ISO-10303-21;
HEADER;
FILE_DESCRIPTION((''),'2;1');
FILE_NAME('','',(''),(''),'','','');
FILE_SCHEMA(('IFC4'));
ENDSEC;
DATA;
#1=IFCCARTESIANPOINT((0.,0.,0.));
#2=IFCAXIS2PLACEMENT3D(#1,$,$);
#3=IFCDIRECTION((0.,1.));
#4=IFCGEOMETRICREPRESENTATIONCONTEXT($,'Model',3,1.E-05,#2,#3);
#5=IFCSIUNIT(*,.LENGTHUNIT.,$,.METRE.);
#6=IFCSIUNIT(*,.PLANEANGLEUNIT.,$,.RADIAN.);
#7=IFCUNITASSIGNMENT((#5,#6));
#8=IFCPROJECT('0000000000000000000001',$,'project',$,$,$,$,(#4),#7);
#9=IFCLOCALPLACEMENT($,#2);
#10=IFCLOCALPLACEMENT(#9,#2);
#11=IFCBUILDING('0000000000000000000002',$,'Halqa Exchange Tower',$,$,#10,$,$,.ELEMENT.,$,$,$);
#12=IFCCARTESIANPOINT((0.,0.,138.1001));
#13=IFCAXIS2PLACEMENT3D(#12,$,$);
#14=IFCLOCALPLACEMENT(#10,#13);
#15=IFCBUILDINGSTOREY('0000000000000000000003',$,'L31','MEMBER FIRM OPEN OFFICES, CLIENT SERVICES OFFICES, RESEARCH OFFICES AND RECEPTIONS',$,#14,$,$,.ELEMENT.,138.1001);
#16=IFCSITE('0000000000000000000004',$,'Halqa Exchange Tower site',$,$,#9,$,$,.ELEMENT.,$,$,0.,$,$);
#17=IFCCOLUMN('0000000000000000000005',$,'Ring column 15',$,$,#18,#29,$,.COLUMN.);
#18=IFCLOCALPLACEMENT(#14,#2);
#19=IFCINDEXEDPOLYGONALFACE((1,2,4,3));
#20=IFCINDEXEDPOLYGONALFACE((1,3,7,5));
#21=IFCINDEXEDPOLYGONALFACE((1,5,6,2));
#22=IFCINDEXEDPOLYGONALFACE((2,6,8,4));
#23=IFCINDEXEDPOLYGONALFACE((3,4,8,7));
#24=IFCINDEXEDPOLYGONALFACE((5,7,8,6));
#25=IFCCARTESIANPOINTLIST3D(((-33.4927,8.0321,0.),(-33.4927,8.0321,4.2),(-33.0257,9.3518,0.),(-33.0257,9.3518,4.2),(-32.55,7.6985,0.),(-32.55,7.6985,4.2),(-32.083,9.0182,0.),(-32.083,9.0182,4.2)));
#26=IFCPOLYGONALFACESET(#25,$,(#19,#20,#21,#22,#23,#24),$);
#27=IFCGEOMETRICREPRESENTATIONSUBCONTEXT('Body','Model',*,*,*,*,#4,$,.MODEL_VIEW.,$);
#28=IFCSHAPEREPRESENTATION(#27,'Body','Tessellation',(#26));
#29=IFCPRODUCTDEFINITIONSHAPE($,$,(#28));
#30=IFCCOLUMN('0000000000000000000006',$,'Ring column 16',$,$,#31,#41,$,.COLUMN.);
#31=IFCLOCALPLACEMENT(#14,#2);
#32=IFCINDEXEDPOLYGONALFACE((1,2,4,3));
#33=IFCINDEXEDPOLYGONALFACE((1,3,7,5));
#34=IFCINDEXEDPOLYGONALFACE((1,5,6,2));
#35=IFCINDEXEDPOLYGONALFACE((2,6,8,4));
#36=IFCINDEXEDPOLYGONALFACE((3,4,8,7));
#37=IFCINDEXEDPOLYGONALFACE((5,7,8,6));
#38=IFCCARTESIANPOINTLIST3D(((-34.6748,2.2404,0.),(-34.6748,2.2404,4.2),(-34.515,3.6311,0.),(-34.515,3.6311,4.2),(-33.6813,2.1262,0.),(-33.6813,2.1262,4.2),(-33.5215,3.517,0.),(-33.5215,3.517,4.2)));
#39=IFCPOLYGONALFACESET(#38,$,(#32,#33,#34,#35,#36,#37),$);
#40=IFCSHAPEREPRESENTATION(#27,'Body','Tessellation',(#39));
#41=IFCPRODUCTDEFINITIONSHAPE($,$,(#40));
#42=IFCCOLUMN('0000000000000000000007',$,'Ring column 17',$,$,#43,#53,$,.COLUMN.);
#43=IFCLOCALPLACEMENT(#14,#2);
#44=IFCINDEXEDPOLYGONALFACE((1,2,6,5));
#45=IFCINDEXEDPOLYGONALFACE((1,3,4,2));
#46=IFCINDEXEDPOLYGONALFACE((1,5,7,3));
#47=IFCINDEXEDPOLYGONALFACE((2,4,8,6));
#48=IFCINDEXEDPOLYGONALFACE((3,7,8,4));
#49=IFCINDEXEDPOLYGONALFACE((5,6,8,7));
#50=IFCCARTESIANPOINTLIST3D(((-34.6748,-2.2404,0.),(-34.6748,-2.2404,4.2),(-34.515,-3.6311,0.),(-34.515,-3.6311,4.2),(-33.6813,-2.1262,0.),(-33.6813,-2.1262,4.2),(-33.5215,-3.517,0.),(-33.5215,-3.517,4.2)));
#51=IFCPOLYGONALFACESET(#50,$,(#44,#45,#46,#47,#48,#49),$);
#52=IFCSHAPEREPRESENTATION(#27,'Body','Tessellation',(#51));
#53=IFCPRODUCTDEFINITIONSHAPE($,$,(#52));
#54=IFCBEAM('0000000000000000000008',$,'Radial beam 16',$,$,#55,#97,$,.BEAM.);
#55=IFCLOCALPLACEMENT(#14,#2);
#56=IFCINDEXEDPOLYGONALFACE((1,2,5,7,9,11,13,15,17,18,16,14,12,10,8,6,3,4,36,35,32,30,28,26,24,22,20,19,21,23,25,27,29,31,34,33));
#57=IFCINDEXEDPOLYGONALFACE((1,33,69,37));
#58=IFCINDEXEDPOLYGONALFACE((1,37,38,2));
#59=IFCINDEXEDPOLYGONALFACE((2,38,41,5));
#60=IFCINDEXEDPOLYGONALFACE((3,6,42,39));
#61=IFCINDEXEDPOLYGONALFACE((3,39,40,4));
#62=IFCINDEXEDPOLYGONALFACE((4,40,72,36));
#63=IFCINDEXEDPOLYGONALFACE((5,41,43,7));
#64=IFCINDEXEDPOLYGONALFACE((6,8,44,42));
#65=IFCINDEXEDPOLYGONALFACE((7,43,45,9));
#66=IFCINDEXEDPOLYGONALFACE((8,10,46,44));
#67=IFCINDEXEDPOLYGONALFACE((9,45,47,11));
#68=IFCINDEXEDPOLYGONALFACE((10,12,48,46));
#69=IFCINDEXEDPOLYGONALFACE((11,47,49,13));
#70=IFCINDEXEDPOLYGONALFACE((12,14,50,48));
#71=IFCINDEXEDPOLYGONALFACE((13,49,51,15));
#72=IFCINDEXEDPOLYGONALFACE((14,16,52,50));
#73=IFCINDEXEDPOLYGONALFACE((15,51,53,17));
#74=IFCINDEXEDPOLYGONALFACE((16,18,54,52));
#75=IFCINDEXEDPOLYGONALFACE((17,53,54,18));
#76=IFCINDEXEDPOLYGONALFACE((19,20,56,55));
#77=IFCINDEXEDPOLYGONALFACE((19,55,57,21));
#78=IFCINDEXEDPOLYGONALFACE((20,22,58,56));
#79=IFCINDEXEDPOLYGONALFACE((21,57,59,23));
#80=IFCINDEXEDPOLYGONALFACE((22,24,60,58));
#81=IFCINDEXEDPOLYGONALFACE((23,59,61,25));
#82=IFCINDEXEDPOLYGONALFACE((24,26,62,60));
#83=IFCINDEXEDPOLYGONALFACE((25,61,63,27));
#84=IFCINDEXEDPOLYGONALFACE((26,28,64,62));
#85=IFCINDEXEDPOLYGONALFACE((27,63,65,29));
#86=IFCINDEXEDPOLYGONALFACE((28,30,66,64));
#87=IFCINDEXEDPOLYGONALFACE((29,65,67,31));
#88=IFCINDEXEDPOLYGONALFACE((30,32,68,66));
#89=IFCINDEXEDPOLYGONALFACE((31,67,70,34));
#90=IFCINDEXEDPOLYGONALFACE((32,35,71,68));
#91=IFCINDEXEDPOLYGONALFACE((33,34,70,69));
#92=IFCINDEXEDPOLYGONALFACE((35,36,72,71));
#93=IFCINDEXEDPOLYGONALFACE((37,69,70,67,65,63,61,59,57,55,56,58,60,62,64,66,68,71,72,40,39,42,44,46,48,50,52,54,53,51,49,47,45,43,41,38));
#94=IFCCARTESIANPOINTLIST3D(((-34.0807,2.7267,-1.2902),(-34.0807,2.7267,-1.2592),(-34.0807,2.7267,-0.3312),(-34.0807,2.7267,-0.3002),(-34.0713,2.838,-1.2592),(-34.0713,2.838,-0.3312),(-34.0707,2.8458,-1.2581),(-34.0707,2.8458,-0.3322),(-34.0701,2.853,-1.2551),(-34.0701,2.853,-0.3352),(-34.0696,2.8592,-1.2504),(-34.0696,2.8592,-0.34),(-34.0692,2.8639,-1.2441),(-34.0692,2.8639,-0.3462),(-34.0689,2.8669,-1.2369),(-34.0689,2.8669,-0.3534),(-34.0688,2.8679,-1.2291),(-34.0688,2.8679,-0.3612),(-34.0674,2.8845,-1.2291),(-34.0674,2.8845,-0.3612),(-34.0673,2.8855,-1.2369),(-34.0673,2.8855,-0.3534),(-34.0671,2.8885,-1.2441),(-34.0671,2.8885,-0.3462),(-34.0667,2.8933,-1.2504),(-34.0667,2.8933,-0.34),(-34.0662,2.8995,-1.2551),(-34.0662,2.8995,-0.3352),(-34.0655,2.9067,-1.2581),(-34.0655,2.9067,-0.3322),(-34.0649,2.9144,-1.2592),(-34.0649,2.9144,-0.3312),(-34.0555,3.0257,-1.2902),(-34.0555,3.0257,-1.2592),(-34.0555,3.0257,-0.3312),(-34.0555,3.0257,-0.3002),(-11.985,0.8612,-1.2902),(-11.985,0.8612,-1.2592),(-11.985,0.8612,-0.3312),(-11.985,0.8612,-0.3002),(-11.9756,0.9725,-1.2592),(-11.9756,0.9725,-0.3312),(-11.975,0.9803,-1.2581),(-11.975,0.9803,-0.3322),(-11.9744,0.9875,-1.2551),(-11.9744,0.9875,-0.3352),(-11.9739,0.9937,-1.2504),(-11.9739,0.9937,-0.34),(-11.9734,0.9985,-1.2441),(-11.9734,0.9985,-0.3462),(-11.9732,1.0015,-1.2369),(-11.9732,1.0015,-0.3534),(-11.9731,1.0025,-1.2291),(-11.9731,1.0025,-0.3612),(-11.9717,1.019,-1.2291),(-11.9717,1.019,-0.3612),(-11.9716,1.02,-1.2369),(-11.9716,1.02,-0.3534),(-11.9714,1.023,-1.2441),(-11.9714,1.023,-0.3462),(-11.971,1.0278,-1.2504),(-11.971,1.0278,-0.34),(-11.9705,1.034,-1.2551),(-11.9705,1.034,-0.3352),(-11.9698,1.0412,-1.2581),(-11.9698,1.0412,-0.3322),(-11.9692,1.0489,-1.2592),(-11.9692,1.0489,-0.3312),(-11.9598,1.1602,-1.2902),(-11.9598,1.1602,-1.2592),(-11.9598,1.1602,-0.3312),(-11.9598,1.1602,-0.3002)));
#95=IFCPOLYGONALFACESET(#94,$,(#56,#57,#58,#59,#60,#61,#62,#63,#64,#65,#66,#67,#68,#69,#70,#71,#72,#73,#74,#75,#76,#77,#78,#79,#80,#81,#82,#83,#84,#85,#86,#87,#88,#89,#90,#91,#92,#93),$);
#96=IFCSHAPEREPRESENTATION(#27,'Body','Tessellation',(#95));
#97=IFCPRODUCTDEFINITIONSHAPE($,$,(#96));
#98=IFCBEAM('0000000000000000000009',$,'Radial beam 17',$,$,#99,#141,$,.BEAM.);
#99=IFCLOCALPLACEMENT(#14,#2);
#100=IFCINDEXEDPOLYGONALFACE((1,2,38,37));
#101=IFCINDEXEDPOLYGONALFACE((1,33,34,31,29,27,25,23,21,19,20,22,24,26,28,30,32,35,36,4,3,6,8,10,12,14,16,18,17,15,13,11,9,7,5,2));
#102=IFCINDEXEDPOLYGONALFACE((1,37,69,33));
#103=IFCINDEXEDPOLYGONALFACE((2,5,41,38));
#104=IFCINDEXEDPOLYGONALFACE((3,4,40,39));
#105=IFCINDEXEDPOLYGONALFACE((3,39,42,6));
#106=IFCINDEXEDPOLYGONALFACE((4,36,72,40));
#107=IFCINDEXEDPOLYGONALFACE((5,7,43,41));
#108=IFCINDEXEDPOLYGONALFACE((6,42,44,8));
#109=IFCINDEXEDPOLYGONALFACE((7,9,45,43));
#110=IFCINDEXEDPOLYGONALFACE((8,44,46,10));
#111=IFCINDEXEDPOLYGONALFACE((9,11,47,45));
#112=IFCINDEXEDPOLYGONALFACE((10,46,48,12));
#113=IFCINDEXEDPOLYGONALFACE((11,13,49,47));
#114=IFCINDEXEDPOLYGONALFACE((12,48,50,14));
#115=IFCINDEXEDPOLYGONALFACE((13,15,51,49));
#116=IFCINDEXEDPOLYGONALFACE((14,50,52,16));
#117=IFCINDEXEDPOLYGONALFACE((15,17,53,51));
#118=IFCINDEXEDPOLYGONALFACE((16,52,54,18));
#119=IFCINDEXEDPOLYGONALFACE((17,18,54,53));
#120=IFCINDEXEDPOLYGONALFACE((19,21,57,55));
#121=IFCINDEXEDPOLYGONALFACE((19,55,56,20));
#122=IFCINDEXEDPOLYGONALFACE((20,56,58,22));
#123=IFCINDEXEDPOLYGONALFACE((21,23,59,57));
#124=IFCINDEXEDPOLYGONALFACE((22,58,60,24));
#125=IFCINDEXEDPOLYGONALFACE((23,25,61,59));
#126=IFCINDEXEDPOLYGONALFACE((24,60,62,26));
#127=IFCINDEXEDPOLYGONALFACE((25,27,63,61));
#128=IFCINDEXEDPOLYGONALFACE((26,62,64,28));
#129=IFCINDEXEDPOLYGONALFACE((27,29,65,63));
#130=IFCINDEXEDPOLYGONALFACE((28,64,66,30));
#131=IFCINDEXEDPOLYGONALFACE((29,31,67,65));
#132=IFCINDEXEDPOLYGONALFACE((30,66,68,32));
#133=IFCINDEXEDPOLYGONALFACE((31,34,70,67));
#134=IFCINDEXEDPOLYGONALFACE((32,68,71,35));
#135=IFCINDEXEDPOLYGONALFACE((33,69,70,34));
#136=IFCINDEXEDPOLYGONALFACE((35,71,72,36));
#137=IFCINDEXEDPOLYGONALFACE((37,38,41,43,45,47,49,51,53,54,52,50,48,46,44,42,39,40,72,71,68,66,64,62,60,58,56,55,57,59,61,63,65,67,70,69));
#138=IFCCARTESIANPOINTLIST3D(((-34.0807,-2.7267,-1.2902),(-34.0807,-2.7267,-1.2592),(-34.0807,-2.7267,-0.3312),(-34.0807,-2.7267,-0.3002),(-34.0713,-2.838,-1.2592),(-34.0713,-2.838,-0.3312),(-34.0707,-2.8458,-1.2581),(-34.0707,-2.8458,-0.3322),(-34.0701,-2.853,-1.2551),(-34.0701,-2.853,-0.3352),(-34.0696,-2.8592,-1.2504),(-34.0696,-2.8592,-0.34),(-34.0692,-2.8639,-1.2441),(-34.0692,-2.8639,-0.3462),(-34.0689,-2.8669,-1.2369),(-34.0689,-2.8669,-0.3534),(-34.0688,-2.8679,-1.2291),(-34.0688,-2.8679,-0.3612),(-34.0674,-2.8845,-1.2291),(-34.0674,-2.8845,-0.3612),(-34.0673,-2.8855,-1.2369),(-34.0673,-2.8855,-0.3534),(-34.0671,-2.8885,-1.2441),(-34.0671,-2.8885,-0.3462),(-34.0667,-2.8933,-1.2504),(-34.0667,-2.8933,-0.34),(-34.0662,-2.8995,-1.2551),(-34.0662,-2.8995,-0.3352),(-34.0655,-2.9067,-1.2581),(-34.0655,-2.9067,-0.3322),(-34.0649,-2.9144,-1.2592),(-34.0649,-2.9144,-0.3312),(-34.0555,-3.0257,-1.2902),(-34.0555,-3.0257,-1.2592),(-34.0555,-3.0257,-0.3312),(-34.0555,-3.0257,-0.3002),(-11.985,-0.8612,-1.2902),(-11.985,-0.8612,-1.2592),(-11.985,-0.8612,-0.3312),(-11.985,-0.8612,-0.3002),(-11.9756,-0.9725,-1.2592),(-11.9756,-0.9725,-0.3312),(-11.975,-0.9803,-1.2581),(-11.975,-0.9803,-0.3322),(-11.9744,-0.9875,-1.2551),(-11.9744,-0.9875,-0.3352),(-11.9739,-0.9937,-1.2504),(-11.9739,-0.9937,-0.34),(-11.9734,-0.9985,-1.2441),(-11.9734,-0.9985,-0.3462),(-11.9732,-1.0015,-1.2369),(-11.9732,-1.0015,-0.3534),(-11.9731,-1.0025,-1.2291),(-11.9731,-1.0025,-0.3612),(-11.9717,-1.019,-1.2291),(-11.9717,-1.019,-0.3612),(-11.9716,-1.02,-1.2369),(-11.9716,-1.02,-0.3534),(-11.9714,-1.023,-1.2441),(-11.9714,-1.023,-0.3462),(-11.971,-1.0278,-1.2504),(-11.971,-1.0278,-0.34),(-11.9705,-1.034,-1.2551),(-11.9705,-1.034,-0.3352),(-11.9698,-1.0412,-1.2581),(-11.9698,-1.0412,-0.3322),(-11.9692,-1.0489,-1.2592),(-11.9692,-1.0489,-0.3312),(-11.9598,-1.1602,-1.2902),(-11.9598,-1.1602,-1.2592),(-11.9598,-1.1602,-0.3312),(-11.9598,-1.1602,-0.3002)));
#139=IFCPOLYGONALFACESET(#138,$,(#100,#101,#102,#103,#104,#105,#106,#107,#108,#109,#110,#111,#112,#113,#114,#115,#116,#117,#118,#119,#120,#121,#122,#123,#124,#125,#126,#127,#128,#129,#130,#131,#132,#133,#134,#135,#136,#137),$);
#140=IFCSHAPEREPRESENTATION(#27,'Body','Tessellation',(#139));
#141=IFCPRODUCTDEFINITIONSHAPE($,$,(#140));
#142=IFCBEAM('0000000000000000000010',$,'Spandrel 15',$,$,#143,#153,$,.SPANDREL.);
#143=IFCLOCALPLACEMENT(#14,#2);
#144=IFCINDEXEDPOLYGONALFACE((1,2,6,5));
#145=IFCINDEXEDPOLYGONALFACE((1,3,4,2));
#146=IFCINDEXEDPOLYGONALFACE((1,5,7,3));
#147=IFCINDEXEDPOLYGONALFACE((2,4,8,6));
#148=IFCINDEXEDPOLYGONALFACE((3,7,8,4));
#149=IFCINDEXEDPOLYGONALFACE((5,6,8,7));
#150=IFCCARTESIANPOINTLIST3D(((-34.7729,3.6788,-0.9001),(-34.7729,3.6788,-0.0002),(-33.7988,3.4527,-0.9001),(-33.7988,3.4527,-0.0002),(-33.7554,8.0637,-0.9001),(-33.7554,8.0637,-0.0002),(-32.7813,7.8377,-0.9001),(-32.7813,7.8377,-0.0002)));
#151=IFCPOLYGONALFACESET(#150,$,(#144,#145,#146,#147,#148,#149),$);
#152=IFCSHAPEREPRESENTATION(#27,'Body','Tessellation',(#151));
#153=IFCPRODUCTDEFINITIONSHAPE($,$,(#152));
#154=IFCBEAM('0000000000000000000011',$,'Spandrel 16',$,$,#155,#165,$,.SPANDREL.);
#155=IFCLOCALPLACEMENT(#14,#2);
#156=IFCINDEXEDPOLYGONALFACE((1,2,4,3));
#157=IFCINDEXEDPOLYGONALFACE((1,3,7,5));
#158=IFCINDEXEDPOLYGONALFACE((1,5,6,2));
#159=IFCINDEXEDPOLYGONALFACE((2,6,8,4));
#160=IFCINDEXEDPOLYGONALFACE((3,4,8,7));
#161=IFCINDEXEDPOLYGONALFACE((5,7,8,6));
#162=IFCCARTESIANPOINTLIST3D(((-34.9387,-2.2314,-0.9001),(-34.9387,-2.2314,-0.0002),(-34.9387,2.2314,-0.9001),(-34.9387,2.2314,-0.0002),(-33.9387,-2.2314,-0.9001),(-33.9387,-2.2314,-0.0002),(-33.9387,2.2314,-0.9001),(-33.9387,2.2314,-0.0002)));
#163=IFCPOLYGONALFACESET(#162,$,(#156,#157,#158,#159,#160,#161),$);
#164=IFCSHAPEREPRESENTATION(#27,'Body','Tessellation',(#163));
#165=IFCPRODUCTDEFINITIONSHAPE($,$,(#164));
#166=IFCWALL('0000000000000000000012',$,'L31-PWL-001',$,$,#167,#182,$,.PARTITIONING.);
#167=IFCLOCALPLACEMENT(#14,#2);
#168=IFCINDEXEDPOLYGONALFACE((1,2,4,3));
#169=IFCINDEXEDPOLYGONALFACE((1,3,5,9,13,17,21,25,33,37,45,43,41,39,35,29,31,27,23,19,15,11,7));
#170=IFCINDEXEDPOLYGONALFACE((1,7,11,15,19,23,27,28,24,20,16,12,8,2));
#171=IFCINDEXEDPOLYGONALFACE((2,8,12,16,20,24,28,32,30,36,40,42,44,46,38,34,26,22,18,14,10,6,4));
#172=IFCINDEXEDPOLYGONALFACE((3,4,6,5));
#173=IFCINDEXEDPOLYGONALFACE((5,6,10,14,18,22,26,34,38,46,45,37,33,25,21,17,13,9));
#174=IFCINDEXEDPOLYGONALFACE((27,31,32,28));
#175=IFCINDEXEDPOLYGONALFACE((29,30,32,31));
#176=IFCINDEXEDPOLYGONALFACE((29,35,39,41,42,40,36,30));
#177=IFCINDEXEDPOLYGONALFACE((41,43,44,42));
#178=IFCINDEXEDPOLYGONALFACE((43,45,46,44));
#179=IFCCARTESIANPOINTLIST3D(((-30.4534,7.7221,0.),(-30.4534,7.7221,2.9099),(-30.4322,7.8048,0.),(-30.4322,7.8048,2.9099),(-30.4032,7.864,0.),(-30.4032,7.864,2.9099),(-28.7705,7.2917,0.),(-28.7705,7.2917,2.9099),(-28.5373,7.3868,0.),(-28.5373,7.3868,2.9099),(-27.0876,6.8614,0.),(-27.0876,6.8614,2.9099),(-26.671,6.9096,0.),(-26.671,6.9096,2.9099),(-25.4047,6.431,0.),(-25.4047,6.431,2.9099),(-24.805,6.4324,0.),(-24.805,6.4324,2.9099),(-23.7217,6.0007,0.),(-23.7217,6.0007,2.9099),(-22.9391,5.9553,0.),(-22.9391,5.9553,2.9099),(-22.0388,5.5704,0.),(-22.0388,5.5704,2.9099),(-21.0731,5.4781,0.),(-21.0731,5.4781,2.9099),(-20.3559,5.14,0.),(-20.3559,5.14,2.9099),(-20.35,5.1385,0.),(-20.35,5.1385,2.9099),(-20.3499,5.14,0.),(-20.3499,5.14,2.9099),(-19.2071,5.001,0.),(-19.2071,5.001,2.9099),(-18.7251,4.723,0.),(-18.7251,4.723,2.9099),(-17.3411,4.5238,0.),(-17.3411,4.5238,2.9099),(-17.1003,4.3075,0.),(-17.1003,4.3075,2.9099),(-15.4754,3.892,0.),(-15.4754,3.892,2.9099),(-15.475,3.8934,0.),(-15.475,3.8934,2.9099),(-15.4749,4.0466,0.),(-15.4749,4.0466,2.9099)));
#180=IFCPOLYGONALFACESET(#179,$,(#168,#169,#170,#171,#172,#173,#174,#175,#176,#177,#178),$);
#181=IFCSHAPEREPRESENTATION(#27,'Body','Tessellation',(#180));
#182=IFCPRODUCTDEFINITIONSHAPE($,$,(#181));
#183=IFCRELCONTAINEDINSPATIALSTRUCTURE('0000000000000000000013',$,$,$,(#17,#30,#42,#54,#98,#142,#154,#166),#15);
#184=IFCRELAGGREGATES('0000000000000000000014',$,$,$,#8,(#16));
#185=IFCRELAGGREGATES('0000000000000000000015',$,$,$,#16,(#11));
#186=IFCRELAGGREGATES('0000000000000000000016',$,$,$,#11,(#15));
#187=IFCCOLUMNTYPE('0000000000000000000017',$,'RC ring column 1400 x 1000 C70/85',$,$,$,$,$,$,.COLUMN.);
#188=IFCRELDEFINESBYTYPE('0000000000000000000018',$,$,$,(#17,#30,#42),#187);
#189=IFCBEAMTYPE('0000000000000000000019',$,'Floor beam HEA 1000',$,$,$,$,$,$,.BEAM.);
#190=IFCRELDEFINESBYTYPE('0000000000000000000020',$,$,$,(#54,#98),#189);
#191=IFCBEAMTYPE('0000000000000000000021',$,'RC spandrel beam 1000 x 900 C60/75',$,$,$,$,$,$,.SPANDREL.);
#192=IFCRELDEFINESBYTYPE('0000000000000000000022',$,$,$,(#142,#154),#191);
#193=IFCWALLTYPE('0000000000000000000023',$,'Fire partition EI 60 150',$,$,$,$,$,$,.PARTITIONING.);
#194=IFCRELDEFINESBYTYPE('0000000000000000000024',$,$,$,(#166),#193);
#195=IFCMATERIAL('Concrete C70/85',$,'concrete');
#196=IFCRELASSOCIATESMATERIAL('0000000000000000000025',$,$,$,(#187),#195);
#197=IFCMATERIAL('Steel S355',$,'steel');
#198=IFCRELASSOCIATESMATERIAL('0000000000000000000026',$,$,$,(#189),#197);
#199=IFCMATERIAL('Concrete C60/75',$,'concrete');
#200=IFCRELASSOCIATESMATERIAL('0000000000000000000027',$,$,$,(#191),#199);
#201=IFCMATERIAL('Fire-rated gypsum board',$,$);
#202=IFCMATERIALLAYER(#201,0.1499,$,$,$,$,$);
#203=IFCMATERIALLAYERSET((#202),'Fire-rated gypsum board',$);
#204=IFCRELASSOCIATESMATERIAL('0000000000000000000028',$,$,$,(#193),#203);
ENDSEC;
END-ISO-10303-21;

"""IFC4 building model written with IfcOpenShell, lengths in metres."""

from ifc_helpers import new_model, si_unit, direction, frame, origin, origin_2d, place, context, subcontext, project, spatial, polyline, rectangle, i_section, outline, extrude, material, layer, layer_set, material_profile, profile_set, type_object, element, save


model = new_model("IFC4")

# Units and contexts
model_context = context("Model", 3, precision=1e-05, world=origin(), true_north=direction((0.0, 1.0)))
body_context = subcontext(model_context, "Body", "Model", "MODEL_VIEW")
ifc_project = project(units=[si_unit("LENGTHUNIT", "METRE"), si_unit("PLANEANGLEUNIT", "RADIAN")], contexts=[model_context])

# Site, building, storey
site_placement = place(None, origin())
site = spatial("IfcSite", under=ifc_project, at=site_placement, Name="Halqa Exchange Tower site", CompositionType="ELEMENT", RefElevation=0.0)
building_placement = place(site_placement, origin())
building = spatial("IfcBuilding", under=site, at=building_placement, Name="Halqa Exchange Tower", CompositionType="ELEMENT")
storey_placement = place(building_placement, frame((0.0, 0.0, 138.1001)))
storey = spatial("IfcBuildingStorey", under=building, at=storey_placement, Name="L31", Description="MEMBER FIRM OPEN OFFICES, CLIENT SERVICES OFFICES, RESEARCH OFFICES AND RECEPTIONS", CompositionType="ELEMENT", Elevation=138.1001)

# Columns
ifc_material_1 = material(Name="Concrete C70/85", Category="concrete")
ifc_material_profile_1 = material_profile(ifc_material_1, rectangle(XDim=1.3999, YDim=1.0, at=origin_2d()), Name="1400 x 1000")
ifc_profile_set_1 = profile_set([ifc_material_profile_1], Name="Concrete C70/85")
column_type = type_object("IfcColumnType", Name="RC ring column 1400 x 1000 C70/85", PredefinedType="COLUMN", material=ifc_profile_set_1)
for number, where, z_axis, x_axis, name in (
    (1, (-32.7878, 8.5251, 0.0), (0.0, 0.0, 1.0), (-0.333629, -0.942704, 0.0), "Ring column 15"),
    (2, (-34.0981, 2.8787, 0.0), (0.0, 0.0, 1.0), (-0.114159, -0.993463, 0.0), "Ring column 16"),
    (3, (-34.0981, -2.8787, 0.0), (0.0, 0.0, 1.0), (0.114159, -0.993463, 0.0), "Ring column 17"),
):
    element("IfcColumn", number, at=place(storey_placement, frame(where, z_axis=z_axis, x_axis=x_axis)), inside=storey, type_object=column_type, Name=name, PredefinedType="COLUMN", context=body_context, shape_type="SweptSolid", body=[
        extrude(rectangle(XDim=1.3999, YDim=1.0, at=origin_2d()), origin(), (0.0, 0.0, 1.0), 4.2),
    ])

# Beams
ifc_material_2 = material(Name="Steel S355", Category="steel")
ifc_material_profile_2 = material_profile(ifc_material_2, i_section(OverallWidth=0.3, OverallDepth=0.99, WebThickness=0.0166, FlangeThickness=0.031, FilletRadius=0.03, at=origin_2d()), Name="HEA 1000")
ifc_profile_set_2 = profile_set([ifc_material_profile_2], Name="Steel S355")
beam_type_1 = type_object("IfcBeamType", Name="Floor beam HEA 1000", PredefinedType="BEAM", material=ifc_profile_set_2)
for number, where, z_axis, x_axis, name in (
    (4, (-11.9724, 1.0107, -0.7952), (-0.996455, 0.084128, 0.0), (-0.084128, -0.996455, 0.0), "Radial beam 16"),
    (5, (-11.9724, -1.0107, -0.7952), (-0.996455, -0.084128, 0.0), (0.084128, -0.996455, 0.0), "Radial beam 17"),
):
    element("IfcBeam", number, at=place(storey_placement, frame(where, z_axis=z_axis, x_axis=x_axis)), inside=storey, type_object=beam_type_1, Name=name, PredefinedType="BEAM", context=body_context, shape_type="SweptSolid", body=[
        extrude(i_section(OverallWidth=0.3, OverallDepth=0.99, WebThickness=0.0166, FlangeThickness=0.031, FilletRadius=0.03, at=origin_2d()), origin(), (0.0, 0.0, 1.0), 22.1743),
    ])
ifc_material_3 = material(Name="Concrete C60/75", Category="concrete")
ifc_material_profile_3 = material_profile(ifc_material_3, rectangle(XDim=1.0, YDim=0.8999, at=origin_2d()), Name="1000 x 900")
ifc_profile_set_3 = profile_set([ifc_material_profile_3], Name="Concrete C60/75")
beam_type_2 = type_object("IfcBeamType", Name="RC spandrel beam 1000 x 900 C60/75", PredefinedType="SPANDREL", material=ifc_profile_set_3)
beam_1_placement = place(storey_placement, frame((-33.2683, 7.9507, -0.4502), z_axis=(-0.226052, -0.974115, 0.0), x_axis=(0.974115, -0.226052, 0.0)))
element("IfcBeam", 6, at=beam_1_placement, inside=storey, type_object=beam_type_2, Name="Spandrel 15", PredefinedType="SPANDREL", context=body_context, shape_type="SweptSolid", body=[
    extrude(rectangle(XDim=1.0, YDim=0.8999, at=origin_2d()), origin(), (0.0, 0.0, 1.0), 4.5015),
])
beam_2_placement = place(storey_placement, frame((-34.4387, 2.2314, -0.4502), z_axis=(0.0, -1.0, 0.0), x_axis=(1.0, 0.0, 0.0)))
element("IfcBeam", 7, at=beam_2_placement, inside=storey, type_object=beam_type_2, Name="Spandrel 16", PredefinedType="SPANDREL", context=body_context, shape_type="SweptSolid", body=[
    extrude(rectangle(XDim=1.0, YDim=0.8999, at=origin_2d()), origin(), (0.0, 0.0, 1.0), 4.4629),
])

# Wall
ifc_material_4 = material(Name="Fire-rated gypsum board")
ifc_layer_1 = layer(ifc_material_4, 0.1499)
ifc_layer_set_1 = layer_set([ifc_layer_1], Name="Fire-rated gypsum board")
wall_type_1 = type_object("IfcWallType", Name="Fire partition EI 60 150", PredefinedType="PARTITIONING", material=ifc_layer_set_1)
wall_1_placement = place(storey_placement, frame((-30.4348, 7.7947, 0.0), z_axis=(0.0, 0.0, 1.0), x_axis=(0.968826, -0.247742, 0.0)))
element("IfcWall", 8, at=wall_1_placement, inside=storey, type_object=wall_type_1, Name="L31-PWL-001", PredefinedType="PARTITIONING", context=body_context, shape_type="SweptSolid", body=[
    extrude(outline(polyline([(0.0, -0.075), (1.7371, -0.075), (3.4741, -0.075), (5.2112, -0.075), (6.9482, -0.075), (8.6853, -0.075), (10.4224, -0.075), (10.4282, -0.0735), (10.4285, -0.075), (12.1057, -0.075), (13.7827, -0.075), (15.46, -0.075), (15.46, -0.0735), (15.4221, 0.075), (13.4958, 0.075), (11.5698, 0.075), (9.6438, 0.075), (7.7178, 0.075), (5.7917, 0.075), (3.8657, 0.075), (1.9395, 0.075), (0.0134, 0.075), (0.0, 0.0105), (0.0, -0.075)])), origin(), (0.0, 0.0, 1.0), 2.9099),
])

save(model, "model.ifc")
